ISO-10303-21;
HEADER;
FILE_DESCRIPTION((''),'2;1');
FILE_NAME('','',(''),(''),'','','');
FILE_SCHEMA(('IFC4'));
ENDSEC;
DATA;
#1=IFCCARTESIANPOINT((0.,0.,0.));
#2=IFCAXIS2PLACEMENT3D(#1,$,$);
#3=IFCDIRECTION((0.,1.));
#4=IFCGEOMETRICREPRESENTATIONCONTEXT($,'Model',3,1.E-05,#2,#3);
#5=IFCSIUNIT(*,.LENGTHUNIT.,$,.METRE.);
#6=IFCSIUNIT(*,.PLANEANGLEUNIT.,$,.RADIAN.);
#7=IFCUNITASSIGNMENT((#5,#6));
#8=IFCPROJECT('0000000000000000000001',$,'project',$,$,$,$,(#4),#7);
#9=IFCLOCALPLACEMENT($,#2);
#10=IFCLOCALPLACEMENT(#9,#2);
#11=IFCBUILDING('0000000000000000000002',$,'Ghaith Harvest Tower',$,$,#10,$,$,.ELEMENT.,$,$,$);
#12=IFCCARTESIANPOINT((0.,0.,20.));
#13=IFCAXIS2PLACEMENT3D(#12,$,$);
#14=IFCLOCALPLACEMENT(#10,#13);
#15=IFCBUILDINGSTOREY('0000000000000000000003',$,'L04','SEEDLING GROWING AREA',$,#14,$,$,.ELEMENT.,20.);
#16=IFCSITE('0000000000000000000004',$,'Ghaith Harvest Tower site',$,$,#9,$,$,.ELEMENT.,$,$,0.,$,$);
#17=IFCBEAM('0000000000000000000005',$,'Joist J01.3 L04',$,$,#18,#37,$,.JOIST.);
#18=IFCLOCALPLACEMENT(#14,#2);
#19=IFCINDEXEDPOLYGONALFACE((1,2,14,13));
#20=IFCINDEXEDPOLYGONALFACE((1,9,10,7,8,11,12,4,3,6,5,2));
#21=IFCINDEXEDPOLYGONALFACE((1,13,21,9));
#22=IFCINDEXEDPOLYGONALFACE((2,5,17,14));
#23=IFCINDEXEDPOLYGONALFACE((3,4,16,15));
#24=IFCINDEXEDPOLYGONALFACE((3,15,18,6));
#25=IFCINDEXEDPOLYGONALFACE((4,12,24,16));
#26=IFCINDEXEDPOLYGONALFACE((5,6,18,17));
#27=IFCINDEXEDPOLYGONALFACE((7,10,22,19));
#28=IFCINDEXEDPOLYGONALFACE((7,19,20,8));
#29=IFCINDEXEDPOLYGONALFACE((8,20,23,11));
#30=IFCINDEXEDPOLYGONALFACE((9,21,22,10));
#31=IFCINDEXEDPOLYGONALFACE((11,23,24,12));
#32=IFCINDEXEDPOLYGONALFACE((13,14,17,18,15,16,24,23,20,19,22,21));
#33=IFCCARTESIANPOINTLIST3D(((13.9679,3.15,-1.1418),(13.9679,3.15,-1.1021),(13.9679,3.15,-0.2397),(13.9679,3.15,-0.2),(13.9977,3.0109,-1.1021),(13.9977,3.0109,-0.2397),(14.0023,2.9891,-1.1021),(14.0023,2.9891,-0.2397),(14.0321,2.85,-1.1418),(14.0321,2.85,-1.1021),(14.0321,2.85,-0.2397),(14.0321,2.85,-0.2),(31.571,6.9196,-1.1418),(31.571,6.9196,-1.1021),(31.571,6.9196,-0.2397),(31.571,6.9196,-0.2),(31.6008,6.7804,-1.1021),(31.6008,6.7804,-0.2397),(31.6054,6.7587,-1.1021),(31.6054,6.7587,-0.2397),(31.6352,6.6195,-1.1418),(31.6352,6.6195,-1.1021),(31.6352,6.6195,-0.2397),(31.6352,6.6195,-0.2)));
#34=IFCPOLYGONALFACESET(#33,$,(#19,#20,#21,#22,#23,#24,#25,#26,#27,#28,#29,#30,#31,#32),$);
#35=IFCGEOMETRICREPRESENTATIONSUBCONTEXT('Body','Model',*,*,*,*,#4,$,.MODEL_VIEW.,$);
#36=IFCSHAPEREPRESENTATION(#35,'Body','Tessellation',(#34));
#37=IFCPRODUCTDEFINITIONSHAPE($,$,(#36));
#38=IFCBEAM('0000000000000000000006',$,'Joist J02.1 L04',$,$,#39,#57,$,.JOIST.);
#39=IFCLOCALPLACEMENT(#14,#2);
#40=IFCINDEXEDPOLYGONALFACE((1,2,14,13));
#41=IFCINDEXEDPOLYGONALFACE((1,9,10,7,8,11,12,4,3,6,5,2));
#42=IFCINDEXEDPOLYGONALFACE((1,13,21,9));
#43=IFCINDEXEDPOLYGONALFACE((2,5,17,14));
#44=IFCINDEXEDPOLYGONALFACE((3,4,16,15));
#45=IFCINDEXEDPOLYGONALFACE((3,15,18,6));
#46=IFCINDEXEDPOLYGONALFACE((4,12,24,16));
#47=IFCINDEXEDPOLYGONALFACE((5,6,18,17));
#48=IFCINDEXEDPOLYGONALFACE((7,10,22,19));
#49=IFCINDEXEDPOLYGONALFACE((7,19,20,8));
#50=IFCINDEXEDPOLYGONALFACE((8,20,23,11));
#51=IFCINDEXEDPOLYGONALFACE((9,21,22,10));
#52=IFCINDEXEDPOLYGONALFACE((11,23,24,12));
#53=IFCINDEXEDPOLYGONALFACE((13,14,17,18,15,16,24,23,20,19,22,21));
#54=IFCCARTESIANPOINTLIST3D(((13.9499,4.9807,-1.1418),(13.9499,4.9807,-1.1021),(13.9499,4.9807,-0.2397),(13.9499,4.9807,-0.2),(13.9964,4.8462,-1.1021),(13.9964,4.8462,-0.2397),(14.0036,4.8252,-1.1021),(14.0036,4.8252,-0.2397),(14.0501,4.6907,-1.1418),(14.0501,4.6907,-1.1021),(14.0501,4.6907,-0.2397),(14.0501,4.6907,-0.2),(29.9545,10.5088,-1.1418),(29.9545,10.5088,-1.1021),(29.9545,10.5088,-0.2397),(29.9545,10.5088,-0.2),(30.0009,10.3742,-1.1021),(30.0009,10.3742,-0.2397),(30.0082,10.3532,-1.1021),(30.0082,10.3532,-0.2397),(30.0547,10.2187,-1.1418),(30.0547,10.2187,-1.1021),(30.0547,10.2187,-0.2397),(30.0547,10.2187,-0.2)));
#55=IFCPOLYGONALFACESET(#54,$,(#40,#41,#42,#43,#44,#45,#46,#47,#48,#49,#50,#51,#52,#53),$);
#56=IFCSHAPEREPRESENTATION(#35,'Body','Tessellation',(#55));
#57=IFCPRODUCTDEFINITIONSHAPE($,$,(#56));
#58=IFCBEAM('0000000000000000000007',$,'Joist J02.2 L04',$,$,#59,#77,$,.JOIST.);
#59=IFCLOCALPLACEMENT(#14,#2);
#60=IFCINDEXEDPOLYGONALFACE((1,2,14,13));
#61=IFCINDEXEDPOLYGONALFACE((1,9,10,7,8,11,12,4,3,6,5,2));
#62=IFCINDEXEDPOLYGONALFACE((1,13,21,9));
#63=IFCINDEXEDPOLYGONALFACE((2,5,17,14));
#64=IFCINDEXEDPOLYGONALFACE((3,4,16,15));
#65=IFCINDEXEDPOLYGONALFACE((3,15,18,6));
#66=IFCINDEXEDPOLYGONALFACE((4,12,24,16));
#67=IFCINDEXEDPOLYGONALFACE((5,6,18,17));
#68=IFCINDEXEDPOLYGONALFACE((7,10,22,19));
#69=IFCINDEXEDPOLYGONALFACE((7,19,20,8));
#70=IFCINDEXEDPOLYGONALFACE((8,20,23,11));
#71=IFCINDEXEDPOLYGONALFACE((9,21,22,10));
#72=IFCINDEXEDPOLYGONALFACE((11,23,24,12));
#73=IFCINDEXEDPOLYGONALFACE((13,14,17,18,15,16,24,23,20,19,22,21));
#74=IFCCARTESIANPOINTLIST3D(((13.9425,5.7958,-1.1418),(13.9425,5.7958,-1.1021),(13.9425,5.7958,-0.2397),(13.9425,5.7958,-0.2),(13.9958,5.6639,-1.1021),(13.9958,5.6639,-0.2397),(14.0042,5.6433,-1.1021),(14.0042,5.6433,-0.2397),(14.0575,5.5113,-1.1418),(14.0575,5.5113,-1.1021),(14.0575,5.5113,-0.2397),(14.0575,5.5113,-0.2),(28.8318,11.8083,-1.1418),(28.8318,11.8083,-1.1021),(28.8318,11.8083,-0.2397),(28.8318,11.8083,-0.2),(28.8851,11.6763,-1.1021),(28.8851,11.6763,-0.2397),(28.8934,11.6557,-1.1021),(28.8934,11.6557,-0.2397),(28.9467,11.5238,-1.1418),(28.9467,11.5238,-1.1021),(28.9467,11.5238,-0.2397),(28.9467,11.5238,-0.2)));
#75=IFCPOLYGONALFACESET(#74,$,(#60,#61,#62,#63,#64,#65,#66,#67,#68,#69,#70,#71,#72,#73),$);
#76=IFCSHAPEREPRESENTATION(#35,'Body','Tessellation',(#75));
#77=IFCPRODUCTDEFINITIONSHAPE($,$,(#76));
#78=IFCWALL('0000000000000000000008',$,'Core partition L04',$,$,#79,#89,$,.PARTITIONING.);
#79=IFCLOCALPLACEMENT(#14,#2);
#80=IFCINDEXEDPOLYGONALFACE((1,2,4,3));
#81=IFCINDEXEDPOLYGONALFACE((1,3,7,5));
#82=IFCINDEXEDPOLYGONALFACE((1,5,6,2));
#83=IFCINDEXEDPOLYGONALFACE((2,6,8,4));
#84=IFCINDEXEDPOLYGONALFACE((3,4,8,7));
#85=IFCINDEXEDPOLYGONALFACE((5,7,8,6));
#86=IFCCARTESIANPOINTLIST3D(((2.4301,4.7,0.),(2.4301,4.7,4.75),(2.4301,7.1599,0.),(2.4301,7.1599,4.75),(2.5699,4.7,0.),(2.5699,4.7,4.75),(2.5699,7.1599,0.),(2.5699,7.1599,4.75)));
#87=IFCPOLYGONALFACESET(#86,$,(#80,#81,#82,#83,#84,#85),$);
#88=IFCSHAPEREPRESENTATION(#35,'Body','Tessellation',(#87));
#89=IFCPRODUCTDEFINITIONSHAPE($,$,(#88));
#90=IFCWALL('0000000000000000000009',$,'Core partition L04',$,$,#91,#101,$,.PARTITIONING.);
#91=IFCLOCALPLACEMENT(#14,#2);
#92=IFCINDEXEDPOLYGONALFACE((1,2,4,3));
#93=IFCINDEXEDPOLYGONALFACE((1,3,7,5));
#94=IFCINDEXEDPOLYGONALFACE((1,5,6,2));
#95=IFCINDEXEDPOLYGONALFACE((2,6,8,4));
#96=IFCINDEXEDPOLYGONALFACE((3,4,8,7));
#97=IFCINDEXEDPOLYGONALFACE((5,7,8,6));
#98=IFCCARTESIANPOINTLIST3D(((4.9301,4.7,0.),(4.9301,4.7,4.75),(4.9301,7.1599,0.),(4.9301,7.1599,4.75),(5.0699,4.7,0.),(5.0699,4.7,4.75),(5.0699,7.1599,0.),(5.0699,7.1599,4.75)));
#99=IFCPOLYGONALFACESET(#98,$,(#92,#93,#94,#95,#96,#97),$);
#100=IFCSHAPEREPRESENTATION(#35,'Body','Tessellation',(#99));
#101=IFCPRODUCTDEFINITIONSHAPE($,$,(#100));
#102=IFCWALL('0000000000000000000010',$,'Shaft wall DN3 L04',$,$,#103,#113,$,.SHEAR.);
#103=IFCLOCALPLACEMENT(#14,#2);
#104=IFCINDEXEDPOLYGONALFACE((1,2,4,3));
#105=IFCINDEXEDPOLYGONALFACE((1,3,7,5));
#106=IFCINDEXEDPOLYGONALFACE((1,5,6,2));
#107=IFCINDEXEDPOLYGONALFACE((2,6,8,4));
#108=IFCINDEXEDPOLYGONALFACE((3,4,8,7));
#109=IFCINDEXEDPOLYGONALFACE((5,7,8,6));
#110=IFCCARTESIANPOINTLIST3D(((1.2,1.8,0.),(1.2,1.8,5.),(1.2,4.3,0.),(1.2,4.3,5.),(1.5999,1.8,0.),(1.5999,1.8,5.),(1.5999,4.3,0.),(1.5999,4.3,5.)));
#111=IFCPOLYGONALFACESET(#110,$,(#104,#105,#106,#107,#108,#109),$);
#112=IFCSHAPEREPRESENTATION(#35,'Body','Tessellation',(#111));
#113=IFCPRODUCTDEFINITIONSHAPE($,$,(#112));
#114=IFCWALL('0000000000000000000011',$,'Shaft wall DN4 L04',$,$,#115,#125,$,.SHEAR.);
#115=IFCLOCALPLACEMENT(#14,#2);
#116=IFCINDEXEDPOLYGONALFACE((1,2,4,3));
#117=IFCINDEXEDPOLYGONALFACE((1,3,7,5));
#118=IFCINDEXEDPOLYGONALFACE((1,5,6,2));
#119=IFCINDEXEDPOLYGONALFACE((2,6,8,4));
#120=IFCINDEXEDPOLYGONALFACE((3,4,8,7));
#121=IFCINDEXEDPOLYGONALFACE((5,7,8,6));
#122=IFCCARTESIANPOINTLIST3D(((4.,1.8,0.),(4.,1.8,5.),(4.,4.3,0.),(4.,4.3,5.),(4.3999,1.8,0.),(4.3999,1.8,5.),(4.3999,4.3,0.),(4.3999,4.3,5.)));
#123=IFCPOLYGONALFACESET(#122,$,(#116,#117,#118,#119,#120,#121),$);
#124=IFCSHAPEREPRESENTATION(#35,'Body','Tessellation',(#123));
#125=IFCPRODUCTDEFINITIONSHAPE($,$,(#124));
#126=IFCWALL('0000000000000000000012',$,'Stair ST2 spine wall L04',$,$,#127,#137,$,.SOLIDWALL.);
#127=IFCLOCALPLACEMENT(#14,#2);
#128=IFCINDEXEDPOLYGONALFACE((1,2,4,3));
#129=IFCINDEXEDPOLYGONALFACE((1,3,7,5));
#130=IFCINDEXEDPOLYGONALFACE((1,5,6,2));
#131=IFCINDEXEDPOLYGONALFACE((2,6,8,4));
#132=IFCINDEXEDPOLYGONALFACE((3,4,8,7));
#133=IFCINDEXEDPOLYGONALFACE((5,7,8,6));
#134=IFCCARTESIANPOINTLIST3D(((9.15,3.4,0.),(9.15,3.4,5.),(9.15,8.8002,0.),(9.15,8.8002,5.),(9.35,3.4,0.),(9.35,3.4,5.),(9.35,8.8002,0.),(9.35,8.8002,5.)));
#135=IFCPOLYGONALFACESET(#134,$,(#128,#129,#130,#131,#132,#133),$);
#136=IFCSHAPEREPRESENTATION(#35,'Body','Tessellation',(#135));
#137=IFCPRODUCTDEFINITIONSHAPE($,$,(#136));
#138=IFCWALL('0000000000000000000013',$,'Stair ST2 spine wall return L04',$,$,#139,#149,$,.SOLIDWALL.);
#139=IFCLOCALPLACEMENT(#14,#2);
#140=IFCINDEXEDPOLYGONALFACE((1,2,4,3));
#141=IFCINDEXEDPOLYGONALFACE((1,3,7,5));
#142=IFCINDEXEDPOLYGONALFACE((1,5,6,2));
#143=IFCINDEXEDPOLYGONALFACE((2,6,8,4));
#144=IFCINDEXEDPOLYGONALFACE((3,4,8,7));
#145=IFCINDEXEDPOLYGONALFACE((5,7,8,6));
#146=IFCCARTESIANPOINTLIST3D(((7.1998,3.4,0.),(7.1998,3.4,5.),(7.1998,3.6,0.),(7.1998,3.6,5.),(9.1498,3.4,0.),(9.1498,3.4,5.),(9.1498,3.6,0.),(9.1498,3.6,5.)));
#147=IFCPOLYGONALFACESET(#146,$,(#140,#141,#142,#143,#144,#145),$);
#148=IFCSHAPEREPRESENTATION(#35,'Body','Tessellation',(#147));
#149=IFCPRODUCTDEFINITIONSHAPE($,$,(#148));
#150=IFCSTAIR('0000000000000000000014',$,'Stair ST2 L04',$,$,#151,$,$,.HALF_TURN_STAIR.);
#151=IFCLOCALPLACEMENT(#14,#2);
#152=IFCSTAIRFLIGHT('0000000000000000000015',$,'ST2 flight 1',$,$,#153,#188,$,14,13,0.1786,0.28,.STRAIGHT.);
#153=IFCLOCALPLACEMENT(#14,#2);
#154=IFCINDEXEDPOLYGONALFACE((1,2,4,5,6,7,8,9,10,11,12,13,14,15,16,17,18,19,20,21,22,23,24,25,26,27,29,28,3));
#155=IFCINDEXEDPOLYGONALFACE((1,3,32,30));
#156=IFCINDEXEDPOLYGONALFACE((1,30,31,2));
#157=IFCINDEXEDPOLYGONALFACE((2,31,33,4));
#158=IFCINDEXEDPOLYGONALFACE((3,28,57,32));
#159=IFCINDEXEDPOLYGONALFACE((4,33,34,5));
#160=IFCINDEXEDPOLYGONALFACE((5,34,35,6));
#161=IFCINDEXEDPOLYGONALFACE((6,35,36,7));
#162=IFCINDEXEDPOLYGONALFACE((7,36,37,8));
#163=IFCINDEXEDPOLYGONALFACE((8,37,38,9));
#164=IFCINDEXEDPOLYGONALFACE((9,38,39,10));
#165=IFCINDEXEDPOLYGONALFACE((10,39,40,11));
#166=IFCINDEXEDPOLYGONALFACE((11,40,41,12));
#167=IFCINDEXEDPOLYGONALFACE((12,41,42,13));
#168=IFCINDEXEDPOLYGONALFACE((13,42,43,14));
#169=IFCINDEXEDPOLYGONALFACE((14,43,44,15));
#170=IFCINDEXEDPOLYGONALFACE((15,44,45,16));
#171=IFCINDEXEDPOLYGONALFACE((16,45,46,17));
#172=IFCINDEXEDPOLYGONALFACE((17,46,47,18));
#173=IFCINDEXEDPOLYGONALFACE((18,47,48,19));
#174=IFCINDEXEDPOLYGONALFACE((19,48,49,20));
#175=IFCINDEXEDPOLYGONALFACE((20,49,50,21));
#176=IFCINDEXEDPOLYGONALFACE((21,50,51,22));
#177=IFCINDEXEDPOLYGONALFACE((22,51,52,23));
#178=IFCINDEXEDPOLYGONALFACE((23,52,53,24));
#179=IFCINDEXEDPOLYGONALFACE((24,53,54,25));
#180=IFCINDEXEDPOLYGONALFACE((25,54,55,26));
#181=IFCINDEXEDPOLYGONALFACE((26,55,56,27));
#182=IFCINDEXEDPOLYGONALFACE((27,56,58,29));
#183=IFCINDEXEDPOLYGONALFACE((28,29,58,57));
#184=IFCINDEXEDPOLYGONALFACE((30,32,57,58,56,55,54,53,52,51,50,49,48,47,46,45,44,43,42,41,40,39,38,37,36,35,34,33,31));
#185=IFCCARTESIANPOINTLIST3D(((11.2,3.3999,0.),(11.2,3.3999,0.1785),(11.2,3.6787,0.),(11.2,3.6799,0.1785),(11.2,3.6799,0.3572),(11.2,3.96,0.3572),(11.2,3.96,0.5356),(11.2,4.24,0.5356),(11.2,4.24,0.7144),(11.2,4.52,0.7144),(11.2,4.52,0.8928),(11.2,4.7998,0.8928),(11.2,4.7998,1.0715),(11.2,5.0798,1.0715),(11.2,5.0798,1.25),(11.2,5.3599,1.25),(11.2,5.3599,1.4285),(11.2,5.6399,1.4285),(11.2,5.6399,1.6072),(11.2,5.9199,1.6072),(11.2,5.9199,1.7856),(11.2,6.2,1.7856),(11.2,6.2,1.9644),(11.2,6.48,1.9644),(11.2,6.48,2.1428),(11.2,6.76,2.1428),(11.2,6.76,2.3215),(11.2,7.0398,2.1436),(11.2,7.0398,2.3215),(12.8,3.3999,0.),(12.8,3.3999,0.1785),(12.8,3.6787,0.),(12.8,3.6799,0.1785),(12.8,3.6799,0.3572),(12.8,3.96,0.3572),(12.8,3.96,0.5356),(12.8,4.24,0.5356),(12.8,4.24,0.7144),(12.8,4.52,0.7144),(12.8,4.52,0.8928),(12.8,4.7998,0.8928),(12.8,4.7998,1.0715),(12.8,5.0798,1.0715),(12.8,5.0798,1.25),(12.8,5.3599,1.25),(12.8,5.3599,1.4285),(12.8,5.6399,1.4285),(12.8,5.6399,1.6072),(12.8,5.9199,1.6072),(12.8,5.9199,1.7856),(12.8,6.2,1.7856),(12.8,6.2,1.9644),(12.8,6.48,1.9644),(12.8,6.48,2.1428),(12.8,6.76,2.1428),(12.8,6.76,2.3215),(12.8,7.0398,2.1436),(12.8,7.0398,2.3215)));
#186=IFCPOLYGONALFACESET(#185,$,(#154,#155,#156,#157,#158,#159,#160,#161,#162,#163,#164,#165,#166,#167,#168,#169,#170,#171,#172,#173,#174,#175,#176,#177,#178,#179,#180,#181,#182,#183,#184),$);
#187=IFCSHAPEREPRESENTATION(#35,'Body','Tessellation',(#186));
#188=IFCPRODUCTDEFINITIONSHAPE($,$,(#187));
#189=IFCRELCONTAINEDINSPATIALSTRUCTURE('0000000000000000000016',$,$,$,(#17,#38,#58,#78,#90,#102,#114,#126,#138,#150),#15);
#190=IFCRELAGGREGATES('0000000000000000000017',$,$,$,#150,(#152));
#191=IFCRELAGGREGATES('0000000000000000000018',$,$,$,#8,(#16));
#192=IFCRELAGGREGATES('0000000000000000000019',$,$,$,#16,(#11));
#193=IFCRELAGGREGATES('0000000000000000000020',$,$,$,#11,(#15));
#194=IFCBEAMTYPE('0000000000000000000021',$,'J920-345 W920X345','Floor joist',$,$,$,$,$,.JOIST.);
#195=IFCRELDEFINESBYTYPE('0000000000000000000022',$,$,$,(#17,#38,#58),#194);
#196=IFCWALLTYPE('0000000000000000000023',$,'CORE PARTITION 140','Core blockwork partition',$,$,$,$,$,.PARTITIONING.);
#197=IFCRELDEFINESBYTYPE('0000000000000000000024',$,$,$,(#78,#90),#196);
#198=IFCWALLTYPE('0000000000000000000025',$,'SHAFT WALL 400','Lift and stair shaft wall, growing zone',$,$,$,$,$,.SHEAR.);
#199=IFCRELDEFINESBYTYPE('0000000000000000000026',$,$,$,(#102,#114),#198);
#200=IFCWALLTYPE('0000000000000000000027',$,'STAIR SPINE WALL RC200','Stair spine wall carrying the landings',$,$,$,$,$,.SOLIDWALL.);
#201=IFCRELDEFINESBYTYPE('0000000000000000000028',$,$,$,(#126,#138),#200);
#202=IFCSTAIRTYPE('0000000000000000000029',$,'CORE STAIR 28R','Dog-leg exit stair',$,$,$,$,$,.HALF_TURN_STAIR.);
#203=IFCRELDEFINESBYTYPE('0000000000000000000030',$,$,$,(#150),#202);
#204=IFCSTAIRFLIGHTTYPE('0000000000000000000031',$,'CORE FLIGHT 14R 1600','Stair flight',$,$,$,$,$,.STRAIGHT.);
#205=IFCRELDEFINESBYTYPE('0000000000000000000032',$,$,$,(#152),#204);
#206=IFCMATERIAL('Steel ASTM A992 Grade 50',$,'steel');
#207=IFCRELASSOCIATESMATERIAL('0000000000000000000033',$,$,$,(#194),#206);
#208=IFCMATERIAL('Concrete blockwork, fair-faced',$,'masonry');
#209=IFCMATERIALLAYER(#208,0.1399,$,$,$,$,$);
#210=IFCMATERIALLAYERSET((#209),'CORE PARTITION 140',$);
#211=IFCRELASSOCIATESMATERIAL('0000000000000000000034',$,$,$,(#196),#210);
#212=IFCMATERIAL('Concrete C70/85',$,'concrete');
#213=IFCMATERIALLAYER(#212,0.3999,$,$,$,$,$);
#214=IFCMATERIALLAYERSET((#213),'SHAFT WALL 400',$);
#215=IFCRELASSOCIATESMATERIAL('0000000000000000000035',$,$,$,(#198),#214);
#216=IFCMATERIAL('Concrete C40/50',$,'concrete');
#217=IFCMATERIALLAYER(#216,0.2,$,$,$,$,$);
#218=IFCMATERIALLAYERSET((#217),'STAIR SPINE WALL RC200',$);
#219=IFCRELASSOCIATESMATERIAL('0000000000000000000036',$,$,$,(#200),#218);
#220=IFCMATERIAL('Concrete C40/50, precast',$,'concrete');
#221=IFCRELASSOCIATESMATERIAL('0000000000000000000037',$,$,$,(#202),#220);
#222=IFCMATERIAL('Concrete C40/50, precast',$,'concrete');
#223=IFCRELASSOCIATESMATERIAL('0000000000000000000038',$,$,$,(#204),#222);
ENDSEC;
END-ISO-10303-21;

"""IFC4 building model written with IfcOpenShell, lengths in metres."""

from ifc_helpers import new_model, si_unit, direction, frame, frame_2d, origin, origin_2d, place, context, subcontext, project, spatial, polyline, rectangle, i_section, outline, extrude, material, layer, layer_set, material_profile, profile_set, type_object, element, aggregate, save


model = new_model("IFC4")

# Units and contexts
model_context = context("Model", 3, precision=1e-05, world=origin(), true_north=direction((0.0, 1.0)))
body_context = subcontext(model_context, "Body", "Model", "MODEL_VIEW")
ifc_project = project(units=[si_unit("LENGTHUNIT", "METRE"), si_unit("PLANEANGLEUNIT", "RADIAN")], contexts=[model_context])

# Site, building, storey
site_placement = place(None, origin())
site = spatial("IfcSite", under=ifc_project, at=site_placement, Name="Ghaith Harvest Tower site", CompositionType="ELEMENT", RefElevation=0.0)
building_placement = place(site_placement, origin())
building = spatial("IfcBuilding", under=site, at=building_placement, Name="Ghaith Harvest Tower", CompositionType="ELEMENT")
storey_placement = place(building_placement, frame((0.0, 0.0, 20.0)))
storey = spatial("IfcBuildingStorey", under=building, at=storey_placement, Name="L04", Description="SEEDLING GROWING AREA", CompositionType="ELEMENT", Elevation=20.0)

# Beams
ifc_material_1 = material(Name="Steel ASTM A992 Grade 50", Category="steel")
ifc_material_profile_1 = material_profile(ifc_material_1, i_section(OverallWidth=0.3069, OverallDepth=0.9419, WebThickness=0.0222, FlangeThickness=0.0398, at=origin_2d()), Name="W920X345")
ifc_profile_set_1 = profile_set([ifc_material_profile_1], Name="Steel ASTM A992 Grade 50")
beam_type_1 = type_object("IfcBeamType", Name="J920-345 W920X345", Description="Floor joist", PredefinedType="JOIST", material=ifc_profile_set_1)
beam_1_placement = place(storey_placement, frame((14.0, 3.0, -0.6709), z_axis=(0.977831, 0.209394, 0.0), x_axis=(-0.209394, 0.977831, 0.0)))
element("IfcBeam", 1, at=beam_1_placement, inside=storey, type_object=beam_type_1, Name="Joist J01.3 L04", PredefinedType="JOIST", context=body_context, shape_type="SweptSolid", body=[
    extrude(i_section(OverallWidth=0.3069, OverallDepth=0.9419, WebThickness=0.0222, FlangeThickness=0.0398, at=origin_2d()), origin(), (0.0, 0.0, 1.0), 18.0022),
])
beam_2_placement = place(storey_placement, frame((14.0, 4.8357, -0.6709), z_axis=(0.945205, 0.326478, 0.0), x_axis=(-0.326478, 0.945205, 0.0)))
element("IfcBeam", 2, at=beam_2_placement, inside=storey, type_object=beam_type_1, Name="Joist J02.1 L04", PredefinedType="JOIST", context=body_context, shape_type="SweptSolid", body=[
    extrude(i_section(OverallWidth=0.3069, OverallDepth=0.9419, WebThickness=0.0222, FlangeThickness=0.0398, at=origin_2d()), origin(), (0.0, 0.0, 1.0), 16.9324),
])
beam_3_placement = place(storey_placement, frame((14.0, 5.6536, -0.6709), z_axis=(0.927252, 0.374437, 0.0), x_axis=(-0.374437, 0.927252, 0.0)))
element("IfcBeam", 3, at=beam_3_placement, inside=storey, type_object=beam_type_1, Name="Joist J02.2 L04", PredefinedType="JOIST", context=body_context, shape_type="SweptSolid", body=[
    extrude(i_section(OverallWidth=0.3069, OverallDepth=0.9419, WebThickness=0.0222, FlangeThickness=0.0398, at=origin_2d()), origin(), (0.0, 0.0, 1.0), 16.0574),
])

# Walls
ifc_material_2 = material(Name="Concrete blockwork, fair-faced", Category="masonry")
ifc_layer_1 = layer(ifc_material_2, 0.1399)
ifc_layer_set_1 = layer_set([ifc_layer_1], Name="CORE PARTITION 140")
wall_type_1 = type_object("IfcWallType", Name="CORE PARTITION 140", Description="Core blockwork partition", PredefinedType="PARTITIONING", material=ifc_layer_set_1)
for number, where, z_axis, x_axis, name in (
    (4, (2.5, 4.7, 0.0), (0.0, 0.0, 1.0), (0.0, 1.0, 0.0), "Core partition L04"),
    (5, (5.0, 4.7, 0.0), (0.0, 0.0, 1.0), (0.0, 1.0, 0.0), "Core partition L04"),
):
    element("IfcWall", number, at=place(storey_placement, frame(where, z_axis=z_axis, x_axis=x_axis)), inside=storey, type_object=wall_type_1, Name=name, PredefinedType="PARTITIONING", context=body_context, shape_type="SweptSolid", body=[
        extrude(rectangle(XDim=2.46, YDim=0.1399, at=frame_2d((1.23, 0.0))), origin(), (0.0, 0.0, 1.0), 4.75),
    ])

# Shared definitions
ifc_material_3 = material(Name="Concrete C70/85", Category="concrete")
ifc_layer_2 = layer(ifc_material_3, 0.3999)
ifc_layer_set_2 = layer_set([ifc_layer_2], Name="SHAFT WALL 400")
wall_type_2 = type_object("IfcWallType", Name="SHAFT WALL 400", Description="Lift and stair shaft wall, growing zone", PredefinedType="SHEAR", material=ifc_layer_set_2)

# Walls
for number, where, z_axis, x_axis, name in (
    (6, (1.3999, 1.8, 0.0), (0.0, 0.0, 1.0), (0.0, 1.0, 0.0), "Shaft wall DN3 L04"),
    (7, (4.2, 1.8, 0.0), (0.0, 0.0, 1.0), (0.0, 1.0, 0.0), "Shaft wall DN4 L04"),
):
    element("IfcWall", number, at=place(storey_placement, frame(where, z_axis=z_axis, x_axis=x_axis)), inside=storey, type_object=wall_type_2, Name=name, PredefinedType="SHEAR", context=body_context, shape_type="SweptSolid", body=[
        extrude(rectangle(XDim=2.5, YDim=0.3999, at=frame_2d((1.25, 0.0))), origin(), (0.0, 0.0, 1.0), 5.0),
    ])
ifc_material_4 = material(Name="Concrete C40/50", Category="concrete")
ifc_layer_3 = layer(ifc_material_4, 0.2)
ifc_layer_set_3 = layer_set([ifc_layer_3], Name="STAIR SPINE WALL RC200")
wall_type_3 = type_object("IfcWallType", Name="STAIR SPINE WALL RC200", Description="Stair spine wall carrying the landings", PredefinedType="SOLIDWALL", material=ifc_layer_set_3)
wall_1_placement = place(storey_placement, frame((9.25, 3.3999, 0.0), z_axis=(0.0, 0.0, 1.0), x_axis=(0.0, 1.0, 0.0)))
element("IfcWall", 8, at=wall_1_placement, inside=storey, type_object=wall_type_3, Name="Stair ST2 spine wall L04", PredefinedType="SOLIDWALL", context=body_context, shape_type="SweptSolid", body=[
    extrude(rectangle(XDim=5.4001, YDim=0.2, at=frame_2d((2.7002, 0.0))), origin(), (0.0, 0.0, 1.0), 5.0),
])
wall_2_placement = place(storey_placement, frame((9.1499, 3.5, 0.0), z_axis=(0.0, 0.0, 1.0), x_axis=(-1.0, 0.0, 0.0)))
element("IfcWall", 9, at=wall_2_placement, inside=storey, type_object=wall_type_3, Name="Stair ST2 spine wall return L04", PredefinedType="SOLIDWALL", context=body_context, shape_type="SweptSolid", body=[
    extrude(rectangle(XDim=1.95, YDim=0.2, at=frame_2d((0.9751, 0.0))), origin(), (0.0, 0.0, 1.0), 5.0),
])

# Stair, stair flight
ifc_material_5 = material(Name="Concrete C40/50, precast", Category="concrete")
stair_type = type_object("IfcStairType", Name="CORE STAIR 28R", Description="Dog-leg exit stair", PredefinedType="HALF_TURN_STAIR", material=ifc_material_5)
stair_placement = place(storey_placement, origin())
stair = element("IfcStair", 10, at=stair_placement, inside=storey, type_object=stair_type, Name="Stair ST2 L04", PredefinedType="HALF_TURN_STAIR")
ifc_material_6 = material(Name="Concrete C40/50, precast", Category="concrete")
stair_flight_type = type_object("IfcStairFlightType", Name="CORE FLIGHT 14R 1600", Description="Stair flight", PredefinedType="STRAIGHT", material=ifc_material_6)
stair_flight_1_placement = place(storey_placement, frame((12.0, 3.3999, 0.0), z_axis=(0.0, 0.0, 1.0), x_axis=(0.0, 1.0, 0.0)))
stair_flight_1 = element("IfcStairFlight", 11, at=stair_flight_1_placement, type_object=stair_flight_type, Name="ST2 flight 1", NumberOfRisers=14, NumberOfTreads=13, PredefinedType="STRAIGHT", RiserHeight=0.1786, TreadLength=0.28, context=body_context, shape_type="SweptSolid", body=[
    extrude(outline(polyline([(0.0, 0.0), (0.0, 0.1785), (0.28, 0.1785), (0.28, 0.3572), (0.5601, 0.3572), (0.5601, 0.5356), (0.8401, 0.5356), (0.8401, 0.7144), (1.1201, 0.7144), (1.1201, 0.8928), (1.3999, 0.8928), (1.3999, 1.0715), (1.6799, 1.0715), (1.6799, 1.25), (1.96, 1.25), (1.96, 1.4285), (2.24, 1.4285), (2.24, 1.6072), (2.52, 1.6072), (2.52, 1.7856), (2.8, 1.7856), (2.8, 1.9644), (3.0801, 1.9644), (3.0801, 2.1428), (3.3601, 2.1428), (3.3601, 2.3215), (3.6399, 2.3215), (3.6399, 2.5), (3.6399, 2.1436), (0.2788, 0.0), (0.0, 0.0)])), frame((0.0, 0.8, 0.0), z_axis=(0.0, -1.0, 0.0), x_axis=(1.0, 0.0, 0.0)), (0.0, 0.0, 1.0), 1.6001),
])
aggregate(stair, [stair_flight_1])

save(model, "model.ifc")
